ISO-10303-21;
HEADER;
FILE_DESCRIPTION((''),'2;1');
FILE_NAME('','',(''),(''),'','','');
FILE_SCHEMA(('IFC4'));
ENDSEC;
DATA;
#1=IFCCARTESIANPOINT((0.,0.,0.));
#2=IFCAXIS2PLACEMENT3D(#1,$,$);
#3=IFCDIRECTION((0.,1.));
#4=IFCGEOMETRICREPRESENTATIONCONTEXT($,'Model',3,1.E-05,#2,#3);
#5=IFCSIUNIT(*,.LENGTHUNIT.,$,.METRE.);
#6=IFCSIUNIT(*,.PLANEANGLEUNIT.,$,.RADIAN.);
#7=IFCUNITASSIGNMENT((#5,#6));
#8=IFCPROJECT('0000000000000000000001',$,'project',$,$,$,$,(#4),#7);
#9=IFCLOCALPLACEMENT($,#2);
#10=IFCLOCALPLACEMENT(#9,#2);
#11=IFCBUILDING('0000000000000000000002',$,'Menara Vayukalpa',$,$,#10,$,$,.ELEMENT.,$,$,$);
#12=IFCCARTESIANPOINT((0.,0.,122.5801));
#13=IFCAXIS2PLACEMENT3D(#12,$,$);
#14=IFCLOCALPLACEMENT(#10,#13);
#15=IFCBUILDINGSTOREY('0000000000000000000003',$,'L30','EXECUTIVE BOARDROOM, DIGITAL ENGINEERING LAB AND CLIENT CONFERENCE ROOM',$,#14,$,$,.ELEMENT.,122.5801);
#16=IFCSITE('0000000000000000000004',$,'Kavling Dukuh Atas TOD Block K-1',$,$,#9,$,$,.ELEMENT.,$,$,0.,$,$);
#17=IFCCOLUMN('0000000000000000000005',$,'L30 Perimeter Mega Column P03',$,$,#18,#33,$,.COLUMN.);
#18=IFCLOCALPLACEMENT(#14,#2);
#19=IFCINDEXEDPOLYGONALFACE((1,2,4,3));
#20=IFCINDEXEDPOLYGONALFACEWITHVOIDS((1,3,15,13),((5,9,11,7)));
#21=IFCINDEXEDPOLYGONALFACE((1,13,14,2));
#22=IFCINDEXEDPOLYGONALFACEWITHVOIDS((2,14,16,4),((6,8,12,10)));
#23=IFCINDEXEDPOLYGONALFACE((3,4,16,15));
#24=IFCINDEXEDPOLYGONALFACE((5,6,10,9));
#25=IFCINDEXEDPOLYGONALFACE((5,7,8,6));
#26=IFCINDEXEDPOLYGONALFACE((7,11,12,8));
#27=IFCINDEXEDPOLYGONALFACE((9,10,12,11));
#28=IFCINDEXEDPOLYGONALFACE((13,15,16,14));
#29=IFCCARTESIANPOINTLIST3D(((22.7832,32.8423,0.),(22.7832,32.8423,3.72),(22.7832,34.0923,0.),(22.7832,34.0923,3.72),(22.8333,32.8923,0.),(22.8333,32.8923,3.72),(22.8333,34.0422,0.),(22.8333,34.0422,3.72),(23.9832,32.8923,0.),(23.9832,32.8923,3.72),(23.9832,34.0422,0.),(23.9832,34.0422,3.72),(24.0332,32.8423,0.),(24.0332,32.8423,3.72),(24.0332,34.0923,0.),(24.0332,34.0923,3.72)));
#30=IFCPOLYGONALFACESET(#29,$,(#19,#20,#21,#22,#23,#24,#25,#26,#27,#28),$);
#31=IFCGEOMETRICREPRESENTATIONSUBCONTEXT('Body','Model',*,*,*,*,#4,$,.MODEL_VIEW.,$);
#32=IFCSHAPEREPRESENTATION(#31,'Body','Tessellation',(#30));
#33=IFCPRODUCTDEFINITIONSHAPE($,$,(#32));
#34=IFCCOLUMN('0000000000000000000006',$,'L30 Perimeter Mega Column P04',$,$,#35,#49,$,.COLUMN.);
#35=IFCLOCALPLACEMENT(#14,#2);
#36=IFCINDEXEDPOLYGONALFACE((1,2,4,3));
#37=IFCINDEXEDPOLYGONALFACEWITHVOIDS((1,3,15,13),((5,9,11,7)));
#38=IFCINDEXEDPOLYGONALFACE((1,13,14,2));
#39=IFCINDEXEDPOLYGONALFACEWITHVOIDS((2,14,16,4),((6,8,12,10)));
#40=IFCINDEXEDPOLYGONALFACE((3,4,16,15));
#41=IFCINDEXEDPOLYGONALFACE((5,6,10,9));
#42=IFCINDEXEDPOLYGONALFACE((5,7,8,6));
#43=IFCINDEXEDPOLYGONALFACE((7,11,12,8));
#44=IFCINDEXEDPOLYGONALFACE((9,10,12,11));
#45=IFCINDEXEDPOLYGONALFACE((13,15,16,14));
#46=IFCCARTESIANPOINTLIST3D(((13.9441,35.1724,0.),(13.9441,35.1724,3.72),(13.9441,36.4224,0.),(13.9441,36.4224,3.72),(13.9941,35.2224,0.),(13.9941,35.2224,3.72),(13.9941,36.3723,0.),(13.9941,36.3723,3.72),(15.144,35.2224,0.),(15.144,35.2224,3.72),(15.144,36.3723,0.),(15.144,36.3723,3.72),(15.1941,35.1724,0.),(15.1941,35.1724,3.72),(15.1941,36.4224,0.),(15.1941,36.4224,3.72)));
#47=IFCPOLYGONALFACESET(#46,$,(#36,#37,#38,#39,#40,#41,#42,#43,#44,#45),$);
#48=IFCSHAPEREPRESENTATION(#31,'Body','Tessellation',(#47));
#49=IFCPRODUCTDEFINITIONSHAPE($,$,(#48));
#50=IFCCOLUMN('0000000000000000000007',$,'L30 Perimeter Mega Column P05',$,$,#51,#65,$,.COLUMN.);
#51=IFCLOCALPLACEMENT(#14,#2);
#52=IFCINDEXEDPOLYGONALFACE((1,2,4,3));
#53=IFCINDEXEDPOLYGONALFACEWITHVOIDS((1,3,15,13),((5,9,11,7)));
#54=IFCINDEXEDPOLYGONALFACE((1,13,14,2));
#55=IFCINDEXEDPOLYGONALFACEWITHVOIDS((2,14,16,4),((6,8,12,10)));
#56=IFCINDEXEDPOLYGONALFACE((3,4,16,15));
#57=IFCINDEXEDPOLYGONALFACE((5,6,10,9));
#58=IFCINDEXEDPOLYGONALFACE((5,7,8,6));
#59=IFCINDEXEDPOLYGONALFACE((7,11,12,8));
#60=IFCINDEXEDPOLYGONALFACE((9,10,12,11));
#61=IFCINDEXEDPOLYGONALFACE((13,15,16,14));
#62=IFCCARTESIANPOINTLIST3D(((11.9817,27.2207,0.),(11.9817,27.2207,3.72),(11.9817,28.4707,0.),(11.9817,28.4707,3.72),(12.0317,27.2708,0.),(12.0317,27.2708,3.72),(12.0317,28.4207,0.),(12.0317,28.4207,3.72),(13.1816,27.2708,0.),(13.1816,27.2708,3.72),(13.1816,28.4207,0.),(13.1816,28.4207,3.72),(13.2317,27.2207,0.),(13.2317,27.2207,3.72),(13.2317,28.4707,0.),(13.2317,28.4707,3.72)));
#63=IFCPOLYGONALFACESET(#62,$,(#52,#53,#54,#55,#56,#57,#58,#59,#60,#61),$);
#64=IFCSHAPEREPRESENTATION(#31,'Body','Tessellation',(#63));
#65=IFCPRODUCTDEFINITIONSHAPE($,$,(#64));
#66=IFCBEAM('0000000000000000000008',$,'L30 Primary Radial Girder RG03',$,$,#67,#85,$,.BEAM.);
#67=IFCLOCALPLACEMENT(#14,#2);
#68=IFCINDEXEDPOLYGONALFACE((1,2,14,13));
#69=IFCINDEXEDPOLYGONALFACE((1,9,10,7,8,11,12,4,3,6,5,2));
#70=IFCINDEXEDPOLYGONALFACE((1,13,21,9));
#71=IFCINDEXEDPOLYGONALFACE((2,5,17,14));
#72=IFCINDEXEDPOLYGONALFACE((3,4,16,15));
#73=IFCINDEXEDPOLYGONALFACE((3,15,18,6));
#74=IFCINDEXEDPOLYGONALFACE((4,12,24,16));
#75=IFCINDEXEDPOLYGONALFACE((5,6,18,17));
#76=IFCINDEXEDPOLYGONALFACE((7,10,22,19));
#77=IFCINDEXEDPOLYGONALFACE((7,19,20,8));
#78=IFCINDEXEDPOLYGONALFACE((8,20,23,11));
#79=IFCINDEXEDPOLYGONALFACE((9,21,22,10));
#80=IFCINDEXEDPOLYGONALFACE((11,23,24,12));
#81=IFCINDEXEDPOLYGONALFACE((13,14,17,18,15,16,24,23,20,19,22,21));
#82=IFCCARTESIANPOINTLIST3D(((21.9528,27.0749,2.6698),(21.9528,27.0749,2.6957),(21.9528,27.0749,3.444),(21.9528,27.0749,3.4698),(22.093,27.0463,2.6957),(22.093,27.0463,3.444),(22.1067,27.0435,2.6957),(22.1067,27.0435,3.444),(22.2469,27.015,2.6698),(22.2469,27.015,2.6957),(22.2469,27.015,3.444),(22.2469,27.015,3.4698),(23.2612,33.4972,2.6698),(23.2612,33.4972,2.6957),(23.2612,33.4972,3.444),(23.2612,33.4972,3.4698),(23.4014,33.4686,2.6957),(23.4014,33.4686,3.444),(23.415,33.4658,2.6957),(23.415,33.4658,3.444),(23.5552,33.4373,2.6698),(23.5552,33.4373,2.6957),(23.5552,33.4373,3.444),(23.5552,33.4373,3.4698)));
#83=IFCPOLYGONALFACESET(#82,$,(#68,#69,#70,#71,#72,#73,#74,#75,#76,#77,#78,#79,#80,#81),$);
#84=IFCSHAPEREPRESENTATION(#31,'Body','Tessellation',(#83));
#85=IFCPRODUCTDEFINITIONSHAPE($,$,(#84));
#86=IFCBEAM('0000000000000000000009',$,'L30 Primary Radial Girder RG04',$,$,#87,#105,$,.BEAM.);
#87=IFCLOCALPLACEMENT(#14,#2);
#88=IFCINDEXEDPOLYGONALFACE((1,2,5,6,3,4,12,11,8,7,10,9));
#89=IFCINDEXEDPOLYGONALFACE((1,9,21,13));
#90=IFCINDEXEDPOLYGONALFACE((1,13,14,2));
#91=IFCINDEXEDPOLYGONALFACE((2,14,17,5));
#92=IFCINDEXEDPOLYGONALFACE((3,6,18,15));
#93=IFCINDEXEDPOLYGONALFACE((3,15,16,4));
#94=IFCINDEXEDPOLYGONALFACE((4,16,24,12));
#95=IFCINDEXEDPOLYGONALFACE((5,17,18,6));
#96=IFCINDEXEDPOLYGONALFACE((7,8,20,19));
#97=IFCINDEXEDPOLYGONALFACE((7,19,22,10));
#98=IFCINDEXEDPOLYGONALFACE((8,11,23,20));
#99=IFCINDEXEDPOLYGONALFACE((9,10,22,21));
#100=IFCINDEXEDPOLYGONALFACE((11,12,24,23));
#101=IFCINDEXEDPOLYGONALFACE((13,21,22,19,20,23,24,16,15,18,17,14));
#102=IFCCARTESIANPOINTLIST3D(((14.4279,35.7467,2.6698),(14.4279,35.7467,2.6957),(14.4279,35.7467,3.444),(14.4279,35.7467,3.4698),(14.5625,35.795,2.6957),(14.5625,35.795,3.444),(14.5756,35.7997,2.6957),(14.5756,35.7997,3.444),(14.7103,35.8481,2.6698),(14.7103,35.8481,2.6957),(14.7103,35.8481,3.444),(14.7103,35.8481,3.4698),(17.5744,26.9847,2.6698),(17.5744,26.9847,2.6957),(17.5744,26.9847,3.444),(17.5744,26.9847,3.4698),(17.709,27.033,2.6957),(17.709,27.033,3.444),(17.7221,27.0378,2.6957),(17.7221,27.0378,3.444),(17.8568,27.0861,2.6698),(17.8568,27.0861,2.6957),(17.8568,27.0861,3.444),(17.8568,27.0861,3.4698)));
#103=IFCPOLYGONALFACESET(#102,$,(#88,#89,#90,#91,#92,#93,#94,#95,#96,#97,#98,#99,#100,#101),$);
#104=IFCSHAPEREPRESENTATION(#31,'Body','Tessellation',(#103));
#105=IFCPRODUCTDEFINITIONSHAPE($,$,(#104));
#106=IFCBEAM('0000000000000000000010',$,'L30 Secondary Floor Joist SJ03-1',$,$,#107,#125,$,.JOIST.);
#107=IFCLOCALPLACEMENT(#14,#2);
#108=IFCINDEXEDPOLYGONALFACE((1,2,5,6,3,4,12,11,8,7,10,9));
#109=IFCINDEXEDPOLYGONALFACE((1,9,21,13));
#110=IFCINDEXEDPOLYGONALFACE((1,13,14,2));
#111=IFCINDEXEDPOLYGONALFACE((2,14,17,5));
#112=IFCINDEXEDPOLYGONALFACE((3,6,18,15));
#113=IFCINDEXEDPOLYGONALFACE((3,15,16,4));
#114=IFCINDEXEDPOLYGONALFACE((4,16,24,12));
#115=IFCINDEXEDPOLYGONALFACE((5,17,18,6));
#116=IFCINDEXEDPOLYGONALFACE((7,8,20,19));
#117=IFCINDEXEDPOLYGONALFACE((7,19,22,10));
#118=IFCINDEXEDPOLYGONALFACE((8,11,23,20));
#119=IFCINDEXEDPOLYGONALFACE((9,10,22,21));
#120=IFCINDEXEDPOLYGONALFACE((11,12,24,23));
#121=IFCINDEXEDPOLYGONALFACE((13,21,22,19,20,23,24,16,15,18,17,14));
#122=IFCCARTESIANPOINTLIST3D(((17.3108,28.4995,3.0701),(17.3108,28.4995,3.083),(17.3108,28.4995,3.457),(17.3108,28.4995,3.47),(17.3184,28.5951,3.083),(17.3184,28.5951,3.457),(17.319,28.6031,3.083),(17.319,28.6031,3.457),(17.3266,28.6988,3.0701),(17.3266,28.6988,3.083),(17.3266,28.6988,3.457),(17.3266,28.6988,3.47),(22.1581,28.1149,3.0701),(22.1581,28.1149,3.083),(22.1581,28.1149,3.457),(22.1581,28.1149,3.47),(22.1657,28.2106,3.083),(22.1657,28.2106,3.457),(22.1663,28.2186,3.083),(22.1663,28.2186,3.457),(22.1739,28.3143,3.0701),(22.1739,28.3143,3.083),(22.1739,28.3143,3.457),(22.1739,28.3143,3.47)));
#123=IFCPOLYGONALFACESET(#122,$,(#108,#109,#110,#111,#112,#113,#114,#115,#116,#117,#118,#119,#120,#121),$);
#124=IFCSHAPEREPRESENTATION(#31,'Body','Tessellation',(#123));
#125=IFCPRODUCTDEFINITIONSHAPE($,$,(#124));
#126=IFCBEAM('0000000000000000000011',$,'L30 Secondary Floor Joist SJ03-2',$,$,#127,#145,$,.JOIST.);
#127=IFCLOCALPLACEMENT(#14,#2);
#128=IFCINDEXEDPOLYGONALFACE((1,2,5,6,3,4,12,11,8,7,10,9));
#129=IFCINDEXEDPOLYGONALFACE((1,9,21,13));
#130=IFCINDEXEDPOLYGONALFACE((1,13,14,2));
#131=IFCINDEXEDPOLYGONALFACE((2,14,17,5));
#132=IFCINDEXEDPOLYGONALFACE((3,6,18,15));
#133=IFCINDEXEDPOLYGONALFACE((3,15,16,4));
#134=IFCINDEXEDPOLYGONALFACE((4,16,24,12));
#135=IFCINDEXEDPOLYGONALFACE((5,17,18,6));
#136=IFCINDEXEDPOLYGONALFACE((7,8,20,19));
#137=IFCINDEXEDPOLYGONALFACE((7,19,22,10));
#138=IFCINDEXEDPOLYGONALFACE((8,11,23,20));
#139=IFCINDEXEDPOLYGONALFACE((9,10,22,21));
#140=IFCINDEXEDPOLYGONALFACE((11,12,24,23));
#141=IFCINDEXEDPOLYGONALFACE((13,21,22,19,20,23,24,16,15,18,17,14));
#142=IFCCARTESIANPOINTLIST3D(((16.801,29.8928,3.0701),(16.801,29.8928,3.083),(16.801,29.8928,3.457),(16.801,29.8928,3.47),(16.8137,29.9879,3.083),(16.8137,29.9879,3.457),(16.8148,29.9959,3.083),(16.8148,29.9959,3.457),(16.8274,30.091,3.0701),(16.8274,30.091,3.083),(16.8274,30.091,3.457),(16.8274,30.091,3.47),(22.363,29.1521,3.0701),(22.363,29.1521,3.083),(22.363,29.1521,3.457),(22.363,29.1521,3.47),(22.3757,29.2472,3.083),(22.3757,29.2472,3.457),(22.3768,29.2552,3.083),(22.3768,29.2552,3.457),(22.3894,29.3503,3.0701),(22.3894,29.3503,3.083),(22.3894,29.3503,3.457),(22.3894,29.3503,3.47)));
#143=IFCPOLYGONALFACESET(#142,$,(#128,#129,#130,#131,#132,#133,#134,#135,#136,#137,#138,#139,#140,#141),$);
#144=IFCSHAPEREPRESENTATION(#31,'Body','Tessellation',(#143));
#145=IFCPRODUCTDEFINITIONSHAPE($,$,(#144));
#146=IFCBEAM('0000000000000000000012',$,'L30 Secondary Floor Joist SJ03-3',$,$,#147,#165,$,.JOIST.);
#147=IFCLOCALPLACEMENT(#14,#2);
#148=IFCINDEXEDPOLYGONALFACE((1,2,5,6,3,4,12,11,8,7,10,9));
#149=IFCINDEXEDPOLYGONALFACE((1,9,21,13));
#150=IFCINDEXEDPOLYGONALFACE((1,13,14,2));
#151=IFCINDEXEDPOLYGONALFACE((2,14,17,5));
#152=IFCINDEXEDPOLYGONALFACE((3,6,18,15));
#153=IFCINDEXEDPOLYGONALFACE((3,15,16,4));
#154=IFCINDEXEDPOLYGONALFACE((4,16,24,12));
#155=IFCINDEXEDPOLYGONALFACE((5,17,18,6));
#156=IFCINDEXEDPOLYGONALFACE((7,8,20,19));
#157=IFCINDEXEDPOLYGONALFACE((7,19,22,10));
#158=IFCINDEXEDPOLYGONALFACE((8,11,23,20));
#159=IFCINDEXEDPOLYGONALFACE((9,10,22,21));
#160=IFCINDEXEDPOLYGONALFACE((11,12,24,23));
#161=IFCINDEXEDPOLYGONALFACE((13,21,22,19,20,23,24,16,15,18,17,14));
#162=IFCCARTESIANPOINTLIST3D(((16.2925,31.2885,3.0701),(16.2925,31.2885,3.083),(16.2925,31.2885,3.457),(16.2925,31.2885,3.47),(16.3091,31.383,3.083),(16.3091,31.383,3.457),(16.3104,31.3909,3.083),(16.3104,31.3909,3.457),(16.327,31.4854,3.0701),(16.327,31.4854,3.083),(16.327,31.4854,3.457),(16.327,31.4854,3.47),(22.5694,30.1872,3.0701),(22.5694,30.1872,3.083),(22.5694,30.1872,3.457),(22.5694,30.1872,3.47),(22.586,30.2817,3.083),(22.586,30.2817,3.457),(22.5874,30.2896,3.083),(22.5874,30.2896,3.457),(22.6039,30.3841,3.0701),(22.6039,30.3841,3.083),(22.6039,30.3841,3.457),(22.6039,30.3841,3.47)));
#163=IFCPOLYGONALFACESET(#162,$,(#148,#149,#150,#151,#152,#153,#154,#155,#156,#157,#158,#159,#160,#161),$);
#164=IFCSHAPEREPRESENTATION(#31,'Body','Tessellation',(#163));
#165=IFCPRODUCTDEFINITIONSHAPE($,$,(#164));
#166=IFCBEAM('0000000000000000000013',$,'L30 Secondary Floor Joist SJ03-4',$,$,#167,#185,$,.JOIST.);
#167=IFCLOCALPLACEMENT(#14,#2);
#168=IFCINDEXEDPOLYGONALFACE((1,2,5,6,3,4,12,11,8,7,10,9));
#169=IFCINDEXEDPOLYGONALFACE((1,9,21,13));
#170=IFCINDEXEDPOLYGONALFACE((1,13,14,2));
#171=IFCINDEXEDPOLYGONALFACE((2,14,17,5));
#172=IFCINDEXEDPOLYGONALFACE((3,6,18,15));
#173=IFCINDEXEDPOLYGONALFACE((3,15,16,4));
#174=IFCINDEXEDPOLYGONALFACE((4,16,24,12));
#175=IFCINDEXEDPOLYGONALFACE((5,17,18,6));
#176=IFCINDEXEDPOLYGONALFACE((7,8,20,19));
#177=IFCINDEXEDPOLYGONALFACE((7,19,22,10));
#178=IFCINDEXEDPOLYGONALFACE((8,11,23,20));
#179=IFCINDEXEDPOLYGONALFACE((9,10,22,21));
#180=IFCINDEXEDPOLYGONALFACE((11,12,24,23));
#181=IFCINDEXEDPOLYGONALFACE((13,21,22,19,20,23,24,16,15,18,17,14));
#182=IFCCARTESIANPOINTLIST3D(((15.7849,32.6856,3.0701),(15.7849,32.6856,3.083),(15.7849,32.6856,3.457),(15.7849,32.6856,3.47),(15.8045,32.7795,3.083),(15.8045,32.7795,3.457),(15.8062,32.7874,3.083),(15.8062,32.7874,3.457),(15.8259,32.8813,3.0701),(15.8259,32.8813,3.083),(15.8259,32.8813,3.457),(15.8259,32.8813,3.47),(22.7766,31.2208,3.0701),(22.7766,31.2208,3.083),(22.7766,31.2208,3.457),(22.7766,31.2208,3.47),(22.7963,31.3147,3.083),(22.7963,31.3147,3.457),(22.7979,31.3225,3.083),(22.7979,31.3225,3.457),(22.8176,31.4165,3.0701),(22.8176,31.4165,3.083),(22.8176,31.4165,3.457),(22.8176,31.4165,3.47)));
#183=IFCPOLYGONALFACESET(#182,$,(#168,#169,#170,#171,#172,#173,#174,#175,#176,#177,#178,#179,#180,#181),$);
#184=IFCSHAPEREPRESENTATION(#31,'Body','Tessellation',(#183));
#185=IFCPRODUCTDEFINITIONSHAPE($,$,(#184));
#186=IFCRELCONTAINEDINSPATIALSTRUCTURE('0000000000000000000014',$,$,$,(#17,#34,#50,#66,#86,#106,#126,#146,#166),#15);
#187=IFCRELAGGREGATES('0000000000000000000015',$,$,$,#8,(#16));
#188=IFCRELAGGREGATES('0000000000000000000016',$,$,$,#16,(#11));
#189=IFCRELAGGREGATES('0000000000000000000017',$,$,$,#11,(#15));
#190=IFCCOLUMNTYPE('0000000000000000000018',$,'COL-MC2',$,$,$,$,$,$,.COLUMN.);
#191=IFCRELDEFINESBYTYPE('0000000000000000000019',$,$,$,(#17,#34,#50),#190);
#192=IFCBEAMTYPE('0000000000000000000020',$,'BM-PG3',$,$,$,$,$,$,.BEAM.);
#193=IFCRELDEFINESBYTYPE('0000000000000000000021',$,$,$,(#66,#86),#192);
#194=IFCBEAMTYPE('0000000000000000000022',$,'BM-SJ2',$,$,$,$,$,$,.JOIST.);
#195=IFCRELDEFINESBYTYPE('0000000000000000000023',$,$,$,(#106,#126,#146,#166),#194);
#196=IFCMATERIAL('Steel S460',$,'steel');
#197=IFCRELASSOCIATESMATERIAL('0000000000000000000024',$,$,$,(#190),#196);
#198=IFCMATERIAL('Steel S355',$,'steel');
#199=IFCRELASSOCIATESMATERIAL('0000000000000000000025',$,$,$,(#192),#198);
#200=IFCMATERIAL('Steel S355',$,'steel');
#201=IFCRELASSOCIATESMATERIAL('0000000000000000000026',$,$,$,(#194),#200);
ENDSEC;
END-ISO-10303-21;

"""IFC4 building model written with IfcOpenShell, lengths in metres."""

from ifc_helpers import new_model, si_unit, direction, frame, origin, origin_2d, place, context, subcontext, project, spatial, hollow_rectangle, i_section, extrude, material, material_profile, profile_set, type_object, element, save


model = new_model("IFC4")

# Units and contexts
model_context = context("Model", 3, precision=1e-05, world=origin(), true_north=direction((0.0, 1.0)))
body_context = subcontext(model_context, "Body", "Model", "MODEL_VIEW")
ifc_project = project(units=[si_unit("LENGTHUNIT", "METRE"), si_unit("PLANEANGLEUNIT", "RADIAN")], contexts=[model_context])

# Site, building, storey
site_placement = place(None, origin())
site = spatial("IfcSite", under=ifc_project, at=site_placement, Name="Kavling Dukuh Atas TOD Block K-1", CompositionType="ELEMENT", RefElevation=0.0)
building_placement = place(site_placement, origin())
building = spatial("IfcBuilding", under=site, at=building_placement, Name="Menara Vayukalpa", CompositionType="ELEMENT")
storey_placement = place(building_placement, frame((0.0, 0.0, 122.5801)))
storey = spatial("IfcBuildingStorey", under=building, at=storey_placement, Name="L30", Description="EXECUTIVE BOARDROOM, DIGITAL ENGINEERING LAB AND CLIENT CONFERENCE ROOM", CompositionType="ELEMENT", Elevation=122.5801)

# Columns
ifc_material_1 = material(Name="Steel S460", Category="steel")
ifc_material_profile_1 = material_profile(ifc_material_1, hollow_rectangle(XDim=1.25, YDim=1.25, WallThickness=0.05, at=origin_2d()), Name="BOX 1250x1250x50")
ifc_profile_set_1 = profile_set([ifc_material_profile_1], Name="Steel S460")
column_type = type_object("IfcColumnType", Name="COL-MC2", PredefinedType="COLUMN", material=ifc_profile_set_1)
for number, where, z_axis, x_axis, name in (
    (1, (23.4082, 33.4673, 0.0), (0.0, 0.0, 1.0), (1.0, 0.0, 0.0), "L30 Perimeter Mega Column P03"),
    (2, (14.5691, 35.7974, 0.0), (0.0, 0.0, 1.0), (1.0, 0.0, 0.0), "L30 Perimeter Mega Column P04"),
    (3, (12.6067, 27.8457, 0.0), (0.0, 0.0, 1.0), (1.0, 0.0, 0.0), "L30 Perimeter Mega Column P05"),
):
    element("IfcColumn", number, at=place(storey_placement, frame(where, z_axis=z_axis, x_axis=x_axis)), inside=storey, type_object=column_type, Name=name, PredefinedType="COLUMN", context=body_context, shape_type="SweptSolid", body=[
        extrude(hollow_rectangle(XDim=1.25, YDim=1.25, WallThickness=0.05, at=origin_2d()), origin(), (0.0, 0.0, 1.0), 3.72),
    ])

# Beams
ifc_material_2 = material(Name="Steel S355", Category="steel")
ifc_material_profile_2 = material_profile(ifc_material_2, i_section(OverallWidth=0.3, OverallDepth=0.8, WebThickness=0.0139, FlangeThickness=0.0259, at=origin_2d()), Name="WF 800x300x14x26")
ifc_profile_set_2 = profile_set([ifc_material_profile_2], Name="Steel S355")
beam_type_1 = type_object("IfcBeamType", Name="BM-PG3", PredefinedType="BEAM", material=ifc_profile_set_2)
beam_1_placement = place(storey_placement, frame((22.0999, 27.0449, 3.0698), z_axis=(0.199618, 0.979874, 0.0), x_axis=(-0.979874, 0.199618, 0.0)))
element("IfcBeam", 4, at=beam_1_placement, inside=storey, type_object=beam_type_1, Name="L30 Primary Radial Girder RG03", PredefinedType="BEAM", context=body_context, shape_type="SweptSolid", body=[
    extrude(i_section(OverallWidth=0.3, OverallDepth=0.8, WebThickness=0.0139, FlangeThickness=0.0259, at=origin_2d()), origin(), (0.0, 0.0, 1.0), 6.5542),
])
beam_2_placement = place(storey_placement, frame((17.7156, 27.0354, 3.0698), z_axis=(-0.337976, 0.941155, 0.0), x_axis=(-0.941155, -0.337976, 0.0)))
element("IfcBeam", 5, at=beam_2_placement, inside=storey, type_object=beam_type_1, Name="L30 Primary Radial Girder RG04", PredefinedType="BEAM", context=body_context, shape_type="SweptSolid", body=[
    extrude(i_section(OverallWidth=0.3, OverallDepth=0.8, WebThickness=0.0139, FlangeThickness=0.0259, at=origin_2d()), origin(), (0.0, 0.0, 1.0), 9.3098),
])
ifc_material_3 = material(Name="Steel S355", Category="steel")
ifc_material_profile_3 = material_profile(ifc_material_3, i_section(OverallWidth=0.2, OverallDepth=0.3999, WebThickness=0.0081, FlangeThickness=0.0129, at=origin_2d()), Name="WF 400x200x8x13")
ifc_profile_set_3 = profile_set([ifc_material_profile_3], Name="Steel S355")
beam_type_2 = type_object("IfcBeamType", Name="BM-SJ2", PredefinedType="JOIST", material=ifc_profile_set_3)
beam_3_placement = place(storey_placement, frame((22.166, 28.2146, 3.27), z_axis=(-0.996869, 0.079077, 0.0), x_axis=(-0.079077, -0.996869, 0.0)))
element("IfcBeam", 6, at=beam_3_placement, inside=storey, type_object=beam_type_2, Name="L30 Secondary Floor Joist SJ03-1", PredefinedType="JOIST", context=body_context, shape_type="SweptSolid", body=[
    extrude(i_section(OverallWidth=0.2, OverallDepth=0.3999, WebThickness=0.0081, FlangeThickness=0.0129, at=origin_2d()), origin(), (0.0, 0.0, 1.0), 4.8625),
])
beam_4_placement = place(storey_placement, frame((22.3762, 29.2512, 3.27), z_axis=(-0.991248, 0.13201, 0.0), x_axis=(-0.13201, -0.991248, 0.0)))
element("IfcBeam", 7, at=beam_4_placement, inside=storey, type_object=beam_type_2, Name="L30 Secondary Floor Joist SJ03-2", PredefinedType="JOIST", context=body_context, shape_type="SweptSolid", body=[
    extrude(i_section(OverallWidth=0.2, OverallDepth=0.3999, WebThickness=0.0081, FlangeThickness=0.0129, at=origin_2d()), origin(), (0.0, 0.0, 1.0), 5.6111),
])
beam_5_placement = place(storey_placement, frame((22.5867, 30.2856, 3.27), z_axis=(-0.984954, 0.172817, 0.0), x_axis=(-0.172817, -0.984954, 0.0)))
element("IfcBeam", 8, at=beam_5_placement, inside=storey, type_object=beam_type_2, Name="L30 Secondary Floor Joist SJ03-3", PredefinedType="JOIST", context=body_context, shape_type="SweptSolid", body=[
    extrude(i_section(OverallWidth=0.2, OverallDepth=0.3999, WebThickness=0.0081, FlangeThickness=0.0129, at=origin_2d()), origin(), (0.0, 0.0, 1.0), 6.3728),
])
beam_6_placement = place(storey_placement, frame((22.7971, 31.3186, 3.27), z_axis=(-0.978749, 0.20506, 0.0), x_axis=(-0.20506, -0.978749, 0.0)))
element("IfcBeam", 9, at=beam_6_placement, inside=storey, type_object=beam_type_2, Name="L30 Secondary Floor Joist SJ03-4", PredefinedType="JOIST", context=body_context, shape_type="SweptSolid", body=[
    extrude(i_section(OverallWidth=0.2, OverallDepth=0.3999, WebThickness=0.0081, FlangeThickness=0.0129, at=origin_2d()), origin(), (0.0, 0.0, 1.0), 7.1436),
])

save(model, "model.ifc")
